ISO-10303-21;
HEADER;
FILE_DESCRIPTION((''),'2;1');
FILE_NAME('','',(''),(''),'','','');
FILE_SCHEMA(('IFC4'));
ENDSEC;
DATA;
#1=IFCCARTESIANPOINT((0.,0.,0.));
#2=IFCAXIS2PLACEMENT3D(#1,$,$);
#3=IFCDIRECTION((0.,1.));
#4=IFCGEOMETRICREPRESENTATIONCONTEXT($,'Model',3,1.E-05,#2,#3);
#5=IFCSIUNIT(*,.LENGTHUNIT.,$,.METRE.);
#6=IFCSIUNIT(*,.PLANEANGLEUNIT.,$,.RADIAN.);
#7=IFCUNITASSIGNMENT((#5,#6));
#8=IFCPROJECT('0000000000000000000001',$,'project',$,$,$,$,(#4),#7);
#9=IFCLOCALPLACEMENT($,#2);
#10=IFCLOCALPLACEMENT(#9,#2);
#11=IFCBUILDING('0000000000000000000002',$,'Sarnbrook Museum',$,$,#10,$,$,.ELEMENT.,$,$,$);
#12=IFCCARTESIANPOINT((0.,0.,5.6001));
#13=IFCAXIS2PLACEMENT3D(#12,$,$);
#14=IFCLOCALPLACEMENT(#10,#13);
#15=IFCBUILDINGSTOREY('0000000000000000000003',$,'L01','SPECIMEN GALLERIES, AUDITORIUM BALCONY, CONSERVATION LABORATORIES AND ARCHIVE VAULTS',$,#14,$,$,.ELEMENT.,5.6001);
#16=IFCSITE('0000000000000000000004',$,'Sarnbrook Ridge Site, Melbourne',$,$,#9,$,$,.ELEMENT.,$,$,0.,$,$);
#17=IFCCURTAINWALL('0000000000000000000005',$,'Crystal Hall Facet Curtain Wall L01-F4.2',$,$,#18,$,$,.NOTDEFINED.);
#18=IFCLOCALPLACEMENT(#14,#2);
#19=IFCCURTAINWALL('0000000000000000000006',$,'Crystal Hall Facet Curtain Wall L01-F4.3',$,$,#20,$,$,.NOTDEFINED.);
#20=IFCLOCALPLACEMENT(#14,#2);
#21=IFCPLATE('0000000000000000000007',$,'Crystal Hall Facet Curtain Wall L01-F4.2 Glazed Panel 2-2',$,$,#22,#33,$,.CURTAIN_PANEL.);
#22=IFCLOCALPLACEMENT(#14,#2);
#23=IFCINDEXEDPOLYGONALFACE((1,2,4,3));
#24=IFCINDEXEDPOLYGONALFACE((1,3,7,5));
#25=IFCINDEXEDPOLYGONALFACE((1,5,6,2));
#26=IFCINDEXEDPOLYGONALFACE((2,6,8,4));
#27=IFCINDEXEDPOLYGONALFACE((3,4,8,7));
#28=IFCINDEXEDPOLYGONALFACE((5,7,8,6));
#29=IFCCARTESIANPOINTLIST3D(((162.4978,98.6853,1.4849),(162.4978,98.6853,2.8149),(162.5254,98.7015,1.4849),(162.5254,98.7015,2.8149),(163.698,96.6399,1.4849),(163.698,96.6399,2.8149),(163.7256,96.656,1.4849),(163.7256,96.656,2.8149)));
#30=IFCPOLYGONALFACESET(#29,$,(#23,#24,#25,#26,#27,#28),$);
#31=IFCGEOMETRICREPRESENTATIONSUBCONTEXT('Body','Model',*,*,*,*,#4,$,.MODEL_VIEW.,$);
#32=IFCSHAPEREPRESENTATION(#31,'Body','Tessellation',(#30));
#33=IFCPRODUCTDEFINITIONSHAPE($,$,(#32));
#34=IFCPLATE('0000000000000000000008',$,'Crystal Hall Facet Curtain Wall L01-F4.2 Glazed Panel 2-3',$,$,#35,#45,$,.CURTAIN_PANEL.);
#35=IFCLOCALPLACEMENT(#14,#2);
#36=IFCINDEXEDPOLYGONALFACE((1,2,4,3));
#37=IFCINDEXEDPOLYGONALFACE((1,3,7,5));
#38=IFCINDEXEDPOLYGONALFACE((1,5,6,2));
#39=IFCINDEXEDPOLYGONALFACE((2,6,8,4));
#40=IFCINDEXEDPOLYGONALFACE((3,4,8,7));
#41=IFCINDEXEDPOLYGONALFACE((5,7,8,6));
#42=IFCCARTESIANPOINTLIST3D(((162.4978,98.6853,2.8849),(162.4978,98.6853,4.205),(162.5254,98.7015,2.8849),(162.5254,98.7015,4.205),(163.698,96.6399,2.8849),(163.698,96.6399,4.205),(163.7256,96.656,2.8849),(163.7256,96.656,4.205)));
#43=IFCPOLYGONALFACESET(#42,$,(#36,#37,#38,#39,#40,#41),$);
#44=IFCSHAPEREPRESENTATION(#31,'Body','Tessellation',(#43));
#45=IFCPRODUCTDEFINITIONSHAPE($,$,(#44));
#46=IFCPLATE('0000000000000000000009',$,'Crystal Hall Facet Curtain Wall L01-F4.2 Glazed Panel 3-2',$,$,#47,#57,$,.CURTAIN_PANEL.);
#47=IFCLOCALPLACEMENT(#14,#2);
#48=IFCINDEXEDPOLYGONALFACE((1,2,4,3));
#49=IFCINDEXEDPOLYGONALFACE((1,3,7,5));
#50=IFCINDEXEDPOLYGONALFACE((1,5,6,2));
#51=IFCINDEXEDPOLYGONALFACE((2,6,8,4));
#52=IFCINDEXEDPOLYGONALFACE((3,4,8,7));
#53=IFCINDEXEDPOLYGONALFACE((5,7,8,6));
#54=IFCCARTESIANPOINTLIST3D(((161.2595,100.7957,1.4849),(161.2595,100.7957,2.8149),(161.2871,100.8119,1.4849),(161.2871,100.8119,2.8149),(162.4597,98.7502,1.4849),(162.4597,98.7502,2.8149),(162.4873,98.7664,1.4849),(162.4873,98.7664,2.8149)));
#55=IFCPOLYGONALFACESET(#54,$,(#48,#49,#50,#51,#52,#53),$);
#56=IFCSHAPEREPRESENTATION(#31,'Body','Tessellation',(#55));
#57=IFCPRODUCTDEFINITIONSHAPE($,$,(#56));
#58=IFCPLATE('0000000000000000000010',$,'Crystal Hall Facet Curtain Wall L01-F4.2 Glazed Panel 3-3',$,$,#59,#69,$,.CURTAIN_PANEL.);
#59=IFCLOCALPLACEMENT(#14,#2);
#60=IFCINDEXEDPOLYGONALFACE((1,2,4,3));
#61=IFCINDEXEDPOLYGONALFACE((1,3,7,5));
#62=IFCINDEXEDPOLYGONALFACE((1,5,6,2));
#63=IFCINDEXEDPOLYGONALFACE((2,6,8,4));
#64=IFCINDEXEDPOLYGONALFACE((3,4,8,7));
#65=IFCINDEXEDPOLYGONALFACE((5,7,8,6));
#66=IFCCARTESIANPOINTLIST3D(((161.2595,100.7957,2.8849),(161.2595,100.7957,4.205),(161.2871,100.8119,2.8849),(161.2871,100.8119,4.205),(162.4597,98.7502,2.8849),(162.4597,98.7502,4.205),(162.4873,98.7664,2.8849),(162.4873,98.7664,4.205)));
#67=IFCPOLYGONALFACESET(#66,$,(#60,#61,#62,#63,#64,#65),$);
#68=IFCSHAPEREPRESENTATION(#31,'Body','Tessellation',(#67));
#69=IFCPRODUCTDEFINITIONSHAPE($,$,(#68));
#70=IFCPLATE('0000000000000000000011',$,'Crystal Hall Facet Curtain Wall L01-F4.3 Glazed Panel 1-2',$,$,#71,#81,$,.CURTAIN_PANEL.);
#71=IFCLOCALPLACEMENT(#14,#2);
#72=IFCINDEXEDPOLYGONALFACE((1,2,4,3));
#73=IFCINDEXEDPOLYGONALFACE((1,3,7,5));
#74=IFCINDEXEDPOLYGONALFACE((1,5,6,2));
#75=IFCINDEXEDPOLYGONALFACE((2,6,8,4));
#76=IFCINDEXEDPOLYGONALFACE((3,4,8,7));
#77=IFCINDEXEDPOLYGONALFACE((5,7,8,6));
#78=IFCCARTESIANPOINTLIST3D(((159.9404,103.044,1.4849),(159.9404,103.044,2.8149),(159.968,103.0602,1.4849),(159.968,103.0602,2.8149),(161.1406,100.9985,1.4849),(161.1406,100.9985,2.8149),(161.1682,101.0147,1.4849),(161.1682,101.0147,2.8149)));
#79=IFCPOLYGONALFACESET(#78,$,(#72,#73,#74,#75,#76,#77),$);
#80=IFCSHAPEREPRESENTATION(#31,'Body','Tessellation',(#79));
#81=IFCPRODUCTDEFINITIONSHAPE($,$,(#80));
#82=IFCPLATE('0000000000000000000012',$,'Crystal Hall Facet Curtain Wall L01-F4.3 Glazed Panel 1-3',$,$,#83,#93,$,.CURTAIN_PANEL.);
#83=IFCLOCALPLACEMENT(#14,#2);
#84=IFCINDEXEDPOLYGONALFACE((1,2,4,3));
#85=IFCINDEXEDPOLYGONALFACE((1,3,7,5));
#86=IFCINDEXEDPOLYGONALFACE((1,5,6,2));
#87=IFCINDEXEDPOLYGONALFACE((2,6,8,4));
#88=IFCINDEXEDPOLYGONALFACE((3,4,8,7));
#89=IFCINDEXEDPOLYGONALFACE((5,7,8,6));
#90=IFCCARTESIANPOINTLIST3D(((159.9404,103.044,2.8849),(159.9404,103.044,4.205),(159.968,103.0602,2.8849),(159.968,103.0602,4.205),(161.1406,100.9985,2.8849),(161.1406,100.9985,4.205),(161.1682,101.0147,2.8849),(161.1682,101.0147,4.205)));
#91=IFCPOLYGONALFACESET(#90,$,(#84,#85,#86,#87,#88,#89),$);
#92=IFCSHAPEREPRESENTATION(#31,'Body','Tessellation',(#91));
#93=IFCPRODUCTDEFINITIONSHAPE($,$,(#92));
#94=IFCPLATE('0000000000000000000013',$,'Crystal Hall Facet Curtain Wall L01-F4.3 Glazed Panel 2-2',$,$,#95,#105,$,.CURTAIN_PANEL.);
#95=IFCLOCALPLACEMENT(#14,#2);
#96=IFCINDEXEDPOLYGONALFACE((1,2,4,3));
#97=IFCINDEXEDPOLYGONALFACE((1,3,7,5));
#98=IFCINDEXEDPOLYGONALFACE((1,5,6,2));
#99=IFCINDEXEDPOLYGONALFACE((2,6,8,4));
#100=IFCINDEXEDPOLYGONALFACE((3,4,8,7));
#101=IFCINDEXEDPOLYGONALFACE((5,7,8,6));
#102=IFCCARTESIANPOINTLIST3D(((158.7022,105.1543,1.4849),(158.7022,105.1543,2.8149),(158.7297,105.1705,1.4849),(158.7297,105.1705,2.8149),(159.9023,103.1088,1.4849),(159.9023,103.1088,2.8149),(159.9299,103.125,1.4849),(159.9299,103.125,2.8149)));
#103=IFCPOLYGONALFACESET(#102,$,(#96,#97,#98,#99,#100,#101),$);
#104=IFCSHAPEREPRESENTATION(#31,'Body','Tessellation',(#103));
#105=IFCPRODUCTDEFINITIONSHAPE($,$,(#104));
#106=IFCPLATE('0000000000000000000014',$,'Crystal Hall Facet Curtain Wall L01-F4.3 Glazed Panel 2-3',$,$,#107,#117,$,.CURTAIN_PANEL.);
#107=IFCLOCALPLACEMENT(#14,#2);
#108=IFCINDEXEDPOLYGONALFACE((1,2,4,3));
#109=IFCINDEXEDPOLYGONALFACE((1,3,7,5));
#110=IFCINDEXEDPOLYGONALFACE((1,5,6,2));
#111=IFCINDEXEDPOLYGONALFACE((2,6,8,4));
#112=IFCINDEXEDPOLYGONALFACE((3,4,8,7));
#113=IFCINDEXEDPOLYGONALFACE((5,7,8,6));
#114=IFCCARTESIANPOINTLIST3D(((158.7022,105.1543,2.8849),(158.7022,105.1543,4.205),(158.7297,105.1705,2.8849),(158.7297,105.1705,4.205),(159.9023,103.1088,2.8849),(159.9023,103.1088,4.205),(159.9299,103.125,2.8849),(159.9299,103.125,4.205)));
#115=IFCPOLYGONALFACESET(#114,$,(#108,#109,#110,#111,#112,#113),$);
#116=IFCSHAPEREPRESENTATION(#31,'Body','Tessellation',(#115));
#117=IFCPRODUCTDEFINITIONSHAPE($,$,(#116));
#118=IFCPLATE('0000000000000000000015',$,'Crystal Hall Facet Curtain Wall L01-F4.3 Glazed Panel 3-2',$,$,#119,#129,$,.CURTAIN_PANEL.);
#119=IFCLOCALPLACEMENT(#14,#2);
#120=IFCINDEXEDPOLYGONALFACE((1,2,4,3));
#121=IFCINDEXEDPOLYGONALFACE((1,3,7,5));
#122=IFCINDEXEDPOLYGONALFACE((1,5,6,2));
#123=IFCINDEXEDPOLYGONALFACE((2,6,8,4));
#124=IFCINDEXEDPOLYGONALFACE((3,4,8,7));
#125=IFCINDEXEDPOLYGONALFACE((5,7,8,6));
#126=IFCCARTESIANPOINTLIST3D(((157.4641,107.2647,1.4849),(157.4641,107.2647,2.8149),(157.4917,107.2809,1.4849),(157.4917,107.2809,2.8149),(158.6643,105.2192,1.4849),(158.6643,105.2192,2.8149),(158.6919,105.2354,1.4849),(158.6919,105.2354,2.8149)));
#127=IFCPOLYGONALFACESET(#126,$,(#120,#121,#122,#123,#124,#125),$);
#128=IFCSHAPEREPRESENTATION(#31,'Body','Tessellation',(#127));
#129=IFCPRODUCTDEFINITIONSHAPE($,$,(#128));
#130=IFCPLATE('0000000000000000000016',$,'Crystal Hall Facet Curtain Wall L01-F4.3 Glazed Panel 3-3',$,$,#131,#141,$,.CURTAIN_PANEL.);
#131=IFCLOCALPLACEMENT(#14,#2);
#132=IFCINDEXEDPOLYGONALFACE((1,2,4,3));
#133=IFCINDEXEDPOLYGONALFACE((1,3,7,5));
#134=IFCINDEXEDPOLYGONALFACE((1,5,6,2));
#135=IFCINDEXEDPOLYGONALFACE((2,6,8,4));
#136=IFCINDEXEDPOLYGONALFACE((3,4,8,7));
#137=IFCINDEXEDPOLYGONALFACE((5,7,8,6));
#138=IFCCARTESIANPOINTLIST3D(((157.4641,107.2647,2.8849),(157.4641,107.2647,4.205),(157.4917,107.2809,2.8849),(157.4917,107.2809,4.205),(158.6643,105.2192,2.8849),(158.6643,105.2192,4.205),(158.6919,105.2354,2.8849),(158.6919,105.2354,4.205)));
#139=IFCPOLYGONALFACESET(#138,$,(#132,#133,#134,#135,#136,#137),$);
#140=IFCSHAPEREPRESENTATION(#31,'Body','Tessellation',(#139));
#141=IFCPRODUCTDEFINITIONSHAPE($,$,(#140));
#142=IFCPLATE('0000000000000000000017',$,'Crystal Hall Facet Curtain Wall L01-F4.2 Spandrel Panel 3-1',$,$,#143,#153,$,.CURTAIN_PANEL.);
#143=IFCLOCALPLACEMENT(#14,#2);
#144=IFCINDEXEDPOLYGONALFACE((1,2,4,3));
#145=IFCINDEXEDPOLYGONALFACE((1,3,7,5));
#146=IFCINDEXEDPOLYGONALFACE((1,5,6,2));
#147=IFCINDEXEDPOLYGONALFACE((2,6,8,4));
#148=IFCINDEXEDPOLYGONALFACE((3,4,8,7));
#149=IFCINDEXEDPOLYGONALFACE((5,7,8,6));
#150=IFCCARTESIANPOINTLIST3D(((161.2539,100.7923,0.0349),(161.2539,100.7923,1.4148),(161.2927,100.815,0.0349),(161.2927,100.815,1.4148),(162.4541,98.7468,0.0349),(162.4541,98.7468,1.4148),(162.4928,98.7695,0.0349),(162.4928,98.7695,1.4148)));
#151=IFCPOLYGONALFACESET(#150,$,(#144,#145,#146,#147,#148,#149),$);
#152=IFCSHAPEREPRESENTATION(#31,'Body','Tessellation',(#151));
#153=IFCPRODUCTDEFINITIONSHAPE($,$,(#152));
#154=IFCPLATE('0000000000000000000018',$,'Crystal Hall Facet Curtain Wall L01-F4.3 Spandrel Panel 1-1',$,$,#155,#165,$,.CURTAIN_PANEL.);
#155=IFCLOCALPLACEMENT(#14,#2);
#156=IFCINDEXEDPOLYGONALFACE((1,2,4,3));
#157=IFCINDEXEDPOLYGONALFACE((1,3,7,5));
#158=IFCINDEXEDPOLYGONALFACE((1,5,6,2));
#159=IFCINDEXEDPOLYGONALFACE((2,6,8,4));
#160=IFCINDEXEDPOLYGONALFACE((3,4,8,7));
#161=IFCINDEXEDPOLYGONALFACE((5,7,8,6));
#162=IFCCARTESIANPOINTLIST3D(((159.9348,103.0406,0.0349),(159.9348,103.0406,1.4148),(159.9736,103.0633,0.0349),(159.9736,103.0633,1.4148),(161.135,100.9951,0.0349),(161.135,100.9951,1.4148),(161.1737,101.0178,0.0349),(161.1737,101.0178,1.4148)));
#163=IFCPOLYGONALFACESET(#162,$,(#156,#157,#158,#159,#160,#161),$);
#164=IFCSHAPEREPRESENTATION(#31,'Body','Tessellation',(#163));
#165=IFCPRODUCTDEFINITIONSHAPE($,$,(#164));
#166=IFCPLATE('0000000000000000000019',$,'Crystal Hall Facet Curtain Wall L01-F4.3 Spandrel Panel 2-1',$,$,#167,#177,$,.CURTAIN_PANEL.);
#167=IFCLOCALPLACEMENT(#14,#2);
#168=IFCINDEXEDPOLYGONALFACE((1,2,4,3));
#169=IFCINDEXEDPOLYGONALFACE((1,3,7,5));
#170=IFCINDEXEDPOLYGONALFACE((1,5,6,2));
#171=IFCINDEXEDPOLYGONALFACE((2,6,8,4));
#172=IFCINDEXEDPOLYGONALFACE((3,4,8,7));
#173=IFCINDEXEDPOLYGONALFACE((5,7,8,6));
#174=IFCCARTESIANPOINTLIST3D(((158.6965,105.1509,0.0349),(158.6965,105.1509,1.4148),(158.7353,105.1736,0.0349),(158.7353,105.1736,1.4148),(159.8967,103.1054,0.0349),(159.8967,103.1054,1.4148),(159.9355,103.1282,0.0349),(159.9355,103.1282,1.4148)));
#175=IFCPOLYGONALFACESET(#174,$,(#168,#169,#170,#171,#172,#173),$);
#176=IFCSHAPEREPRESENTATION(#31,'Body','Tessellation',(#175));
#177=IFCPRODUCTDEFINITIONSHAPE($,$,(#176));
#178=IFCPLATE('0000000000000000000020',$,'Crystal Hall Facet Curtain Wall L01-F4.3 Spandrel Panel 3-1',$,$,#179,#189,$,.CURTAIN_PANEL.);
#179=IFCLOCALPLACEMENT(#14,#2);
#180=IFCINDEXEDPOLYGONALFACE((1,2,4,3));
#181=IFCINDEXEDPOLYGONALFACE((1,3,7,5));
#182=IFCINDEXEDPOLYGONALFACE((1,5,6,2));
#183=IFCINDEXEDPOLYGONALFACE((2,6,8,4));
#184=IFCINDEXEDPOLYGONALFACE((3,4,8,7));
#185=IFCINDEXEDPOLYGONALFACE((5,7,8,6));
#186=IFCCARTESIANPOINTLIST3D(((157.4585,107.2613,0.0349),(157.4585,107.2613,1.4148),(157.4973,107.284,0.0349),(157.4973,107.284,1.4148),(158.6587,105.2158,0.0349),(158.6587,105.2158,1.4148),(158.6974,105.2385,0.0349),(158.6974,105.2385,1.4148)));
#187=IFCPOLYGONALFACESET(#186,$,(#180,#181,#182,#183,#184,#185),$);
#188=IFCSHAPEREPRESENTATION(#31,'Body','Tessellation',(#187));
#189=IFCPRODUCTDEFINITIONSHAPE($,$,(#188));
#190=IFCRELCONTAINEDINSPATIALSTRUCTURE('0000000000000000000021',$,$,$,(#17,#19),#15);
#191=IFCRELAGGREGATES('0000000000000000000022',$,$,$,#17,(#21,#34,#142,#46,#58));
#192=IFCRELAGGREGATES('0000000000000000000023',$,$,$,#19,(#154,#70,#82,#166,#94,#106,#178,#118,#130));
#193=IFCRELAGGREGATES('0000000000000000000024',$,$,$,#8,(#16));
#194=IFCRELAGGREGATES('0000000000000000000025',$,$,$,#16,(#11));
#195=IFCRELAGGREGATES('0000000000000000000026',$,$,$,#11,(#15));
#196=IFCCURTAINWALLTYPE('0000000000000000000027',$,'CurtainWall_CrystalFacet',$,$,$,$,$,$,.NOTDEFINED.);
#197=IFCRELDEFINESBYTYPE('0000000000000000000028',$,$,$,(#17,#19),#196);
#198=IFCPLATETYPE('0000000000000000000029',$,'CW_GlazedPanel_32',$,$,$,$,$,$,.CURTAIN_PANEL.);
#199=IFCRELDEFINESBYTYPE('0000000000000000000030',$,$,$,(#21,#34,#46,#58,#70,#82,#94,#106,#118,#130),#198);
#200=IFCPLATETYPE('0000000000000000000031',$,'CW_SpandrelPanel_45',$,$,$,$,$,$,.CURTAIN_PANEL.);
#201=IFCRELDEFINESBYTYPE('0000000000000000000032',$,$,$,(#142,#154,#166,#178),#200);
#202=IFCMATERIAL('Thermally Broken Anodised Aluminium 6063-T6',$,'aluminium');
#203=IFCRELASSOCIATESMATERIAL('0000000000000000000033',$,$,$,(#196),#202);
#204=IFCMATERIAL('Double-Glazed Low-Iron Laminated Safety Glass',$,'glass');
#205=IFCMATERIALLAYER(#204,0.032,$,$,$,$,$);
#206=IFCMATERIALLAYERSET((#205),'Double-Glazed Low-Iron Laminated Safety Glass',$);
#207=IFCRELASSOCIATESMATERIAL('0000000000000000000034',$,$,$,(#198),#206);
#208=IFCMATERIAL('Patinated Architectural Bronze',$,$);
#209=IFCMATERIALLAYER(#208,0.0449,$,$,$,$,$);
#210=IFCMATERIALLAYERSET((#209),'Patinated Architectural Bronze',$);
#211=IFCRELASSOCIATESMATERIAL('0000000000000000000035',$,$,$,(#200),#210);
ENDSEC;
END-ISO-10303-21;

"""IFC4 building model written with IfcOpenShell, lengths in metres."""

from ifc_helpers import new_model, si_unit, direction, frame, origin, origin_2d, place, context, subcontext, project, spatial, rectangle, extrude, material, layer, layer_set, type_object, element, aggregate, save


model = new_model("IFC4")

# Units and contexts
model_context = context("Model", 3, precision=1e-05, world=origin(), true_north=direction((0.0, 1.0)))
body_context = subcontext(model_context, "Body", "Model", "MODEL_VIEW")
ifc_project = project(units=[si_unit("LENGTHUNIT", "METRE"), si_unit("PLANEANGLEUNIT", "RADIAN")], contexts=[model_context])

# Site, building, storey
site_placement = place(None, origin())
site = spatial("IfcSite", under=ifc_project, at=site_placement, Name="Sarnbrook Ridge Site, Melbourne", CompositionType="ELEMENT", RefElevation=0.0)
building_placement = place(site_placement, origin())
building = spatial("IfcBuilding", under=site, at=building_placement, Name="Sarnbrook Museum", CompositionType="ELEMENT")
storey_placement = place(building_placement, frame((0.0, 0.0, 5.6001)))
storey = spatial("IfcBuildingStorey", under=building, at=storey_placement, Name="L01", Description="SPECIMEN GALLERIES, AUDITORIUM BALCONY, CONSERVATION LABORATORIES AND ARCHIVE VAULTS", CompositionType="ELEMENT", Elevation=5.6001)

# Curtain walls
ifc_material_1 = material(Name="Thermally Broken Anodised Aluminium 6063-T6", Category="aluminium")
curtain_wall_type = type_object("IfcCurtainWallType", Name="CurtainWall_CrystalFacet", PredefinedType="NOTDEFINED", material=ifc_material_1)
curtain_wall_1_placement = place(storey_placement, origin())
curtain_wall_1 = element("IfcCurtainWall", 1, at=curtain_wall_1_placement, inside=storey, type_object=curtain_wall_type, Name="Crystal Hall Facet Curtain Wall L01-F4.2", PredefinedType="NOTDEFINED")
curtain_wall_2_placement = place(storey_placement, origin())
curtain_wall_2 = element("IfcCurtainWall", 2, at=curtain_wall_2_placement, inside=storey, type_object=curtain_wall_type, Name="Crystal Hall Facet Curtain Wall L01-F4.3", PredefinedType="NOTDEFINED")

# Plates
ifc_material_2 = material(Name="Double-Glazed Low-Iron Laminated Safety Glass", Category="glass")
ifc_layer_1 = layer(ifc_material_2, 0.032)
ifc_layer_set_1 = layer_set([ifc_layer_1], Name="Double-Glazed Low-Iron Laminated Safety Glass")
plate_type_1 = type_object("IfcPlateType", Name="CW_GlazedPanel_32", PredefinedType="CURTAIN_PANEL", material=ifc_layer_set_1)
plate_1_placement = place(storey_placement, frame((163.0979, 97.6626, 2.1499), z_axis=(0.862498, 0.50606, 0.0), x_axis=(-0.50606, 0.862498, 0.0)))
plate_1 = element("IfcPlate", 3, at=plate_1_placement, type_object=plate_type_1, Name="Crystal Hall Facet Curtain Wall L01-F4.2 Glazed Panel 2-2", PredefinedType="CURTAIN_PANEL", context=body_context, shape_type="SweptSolid", body=[
    extrude(rectangle(XDim=2.3716, YDim=1.3301, at=origin_2d()), origin(), (0.0, 0.0, 1.0), 0.032),
])
plate_2_placement = place(storey_placement, frame((163.0979, 97.6626, 3.5449), z_axis=(0.862498, 0.50606, 0.0), x_axis=(-0.50606, 0.862498, 0.0)))
plate_2 = element("IfcPlate", 4, at=plate_2_placement, type_object=plate_type_1, Name="Crystal Hall Facet Curtain Wall L01-F4.2 Glazed Panel 2-3", PredefinedType="CURTAIN_PANEL", context=body_context, shape_type="SweptSolid", body=[
    extrude(rectangle(XDim=2.3716, YDim=1.3201, at=origin_2d()), origin(), (0.0, 0.0, 1.0), 0.032),
])
plate_3_placement = place(storey_placement, frame((161.8596, 99.7729, 2.1499), z_axis=(0.862498, 0.50606, 0.0), x_axis=(-0.50606, 0.862498, 0.0)))
plate_3 = element("IfcPlate", 5, at=plate_3_placement, type_object=plate_type_1, Name="Crystal Hall Facet Curtain Wall L01-F4.2 Glazed Panel 3-2", PredefinedType="CURTAIN_PANEL", context=body_context, shape_type="SweptSolid", body=[
    extrude(rectangle(XDim=2.3716, YDim=1.3301, at=origin_2d()), origin(), (0.0, 0.0, 1.0), 0.032),
])
plate_4_placement = place(storey_placement, frame((161.8596, 99.7729, 3.5449), z_axis=(0.862498, 0.50606, 0.0), x_axis=(-0.50606, 0.862498, 0.0)))
plate_4 = element("IfcPlate", 6, at=plate_4_placement, type_object=plate_type_1, Name="Crystal Hall Facet Curtain Wall L01-F4.2 Glazed Panel 3-3", PredefinedType="CURTAIN_PANEL", context=body_context, shape_type="SweptSolid", body=[
    extrude(rectangle(XDim=2.3716, YDim=1.3201, at=origin_2d()), origin(), (0.0, 0.0, 1.0), 0.032),
])
plate_5_placement = place(storey_placement, frame((160.5405, 102.0212, 2.1499), z_axis=(0.862498, 0.50606, 0.0), x_axis=(-0.50606, 0.862498, 0.0)))
plate_5 = element("IfcPlate", 7, at=plate_5_placement, type_object=plate_type_1, Name="Crystal Hall Facet Curtain Wall L01-F4.3 Glazed Panel 1-2", PredefinedType="CURTAIN_PANEL", context=body_context, shape_type="SweptSolid", body=[
    extrude(rectangle(XDim=2.3716, YDim=1.3301, at=origin_2d()), origin(), (0.0, 0.0, 1.0), 0.032),
])
plate_6_placement = place(storey_placement, frame((160.5405, 102.0212, 3.5449), z_axis=(0.862498, 0.50606, 0.0), x_axis=(-0.50606, 0.862498, 0.0)))
plate_6 = element("IfcPlate", 8, at=plate_6_placement, type_object=plate_type_1, Name="Crystal Hall Facet Curtain Wall L01-F4.3 Glazed Panel 1-3", PredefinedType="CURTAIN_PANEL", context=body_context, shape_type="SweptSolid", body=[
    extrude(rectangle(XDim=2.3716, YDim=1.3201, at=origin_2d()), origin(), (0.0, 0.0, 1.0), 0.032),
])
plate_7_placement = place(storey_placement, frame((159.3022, 104.1316, 2.1499), z_axis=(0.862498, 0.50606, 0.0), x_axis=(-0.50606, 0.862498, 0.0)))
plate_7 = element("IfcPlate", 9, at=plate_7_placement, type_object=plate_type_1, Name="Crystal Hall Facet Curtain Wall L01-F4.3 Glazed Panel 2-2", PredefinedType="CURTAIN_PANEL", context=body_context, shape_type="SweptSolid", body=[
    extrude(rectangle(XDim=2.3716, YDim=1.3301, at=origin_2d()), origin(), (0.0, 0.0, 1.0), 0.032),
])
plate_8_placement = place(storey_placement, frame((159.3022, 104.1316, 3.5449), z_axis=(0.862498, 0.50606, 0.0), x_axis=(-0.50606, 0.862498, 0.0)))
plate_8 = element("IfcPlate", 10, at=plate_8_placement, type_object=plate_type_1, Name="Crystal Hall Facet Curtain Wall L01-F4.3 Glazed Panel 2-3", PredefinedType="CURTAIN_PANEL", context=body_context, shape_type="SweptSolid", body=[
    extrude(rectangle(XDim=2.3716, YDim=1.3201, at=origin_2d()), origin(), (0.0, 0.0, 1.0), 0.032),
])
plate_9_placement = place(storey_placement, frame((158.0642, 106.2419, 2.1499), z_axis=(0.862498, 0.50606, 0.0), x_axis=(-0.50606, 0.862498, 0.0)))
plate_9 = element("IfcPlate", 11, at=plate_9_placement, type_object=plate_type_1, Name="Crystal Hall Facet Curtain Wall L01-F4.3 Glazed Panel 3-2", PredefinedType="CURTAIN_PANEL", context=body_context, shape_type="SweptSolid", body=[
    extrude(rectangle(XDim=2.3716, YDim=1.3301, at=origin_2d()), origin(), (0.0, 0.0, 1.0), 0.032),
])
plate_10_placement = place(storey_placement, frame((158.0642, 106.2419, 3.5449), z_axis=(0.862498, 0.50606, 0.0), x_axis=(-0.50606, 0.862498, 0.0)))
plate_10 = element("IfcPlate", 12, at=plate_10_placement, type_object=plate_type_1, Name="Crystal Hall Facet Curtain Wall L01-F4.3 Glazed Panel 3-3", PredefinedType="CURTAIN_PANEL", context=body_context, shape_type="SweptSolid", body=[
    extrude(rectangle(XDim=2.3716, YDim=1.3201, at=origin_2d()), origin(), (0.0, 0.0, 1.0), 0.032),
])
ifc_material_3 = material(Name="Patinated Architectural Bronze")
ifc_layer_2 = layer(ifc_material_3, 0.0449)
ifc_layer_set_2 = layer_set([ifc_layer_2], Name="Patinated Architectural Bronze")
plate_type_2 = type_object("IfcPlateType", Name="CW_SpandrelPanel_45", PredefinedType="CURTAIN_PANEL", material=ifc_layer_set_2)
plate_11_placement = place(storey_placement, frame((161.854, 99.7695, 0.7249), z_axis=(0.862498, 0.50606, 0.0), x_axis=(-0.50606, 0.862498, 0.0)))
plate_11 = element("IfcPlate", 13, at=plate_11_placement, type_object=plate_type_2, Name="Crystal Hall Facet Curtain Wall L01-F4.2 Spandrel Panel 3-1", PredefinedType="CURTAIN_PANEL", context=body_context, shape_type="SweptSolid", body=[
    extrude(rectangle(XDim=2.3716, YDim=1.3799, at=origin_2d()), origin(), (0.0, 0.0, 1.0), 0.0449),
])
aggregate(curtain_wall_1, [plate_1, plate_2, plate_11, plate_3, plate_4])
plate_12_placement = place(storey_placement, frame((160.5349, 102.0178, 0.7249), z_axis=(0.862498, 0.50606, 0.0), x_axis=(-0.50606, 0.862498, 0.0)))
plate_12 = element("IfcPlate", 14, at=plate_12_placement, type_object=plate_type_2, Name="Crystal Hall Facet Curtain Wall L01-F4.3 Spandrel Panel 1-1", PredefinedType="CURTAIN_PANEL", context=body_context, shape_type="SweptSolid", body=[
    extrude(rectangle(XDim=2.3716, YDim=1.3799, at=origin_2d()), origin(), (0.0, 0.0, 1.0), 0.0449),
])
plate_13_placement = place(storey_placement, frame((159.2966, 104.1282, 0.7249), z_axis=(0.862498, 0.50606, 0.0), x_axis=(-0.50606, 0.862498, 0.0)))
plate_13 = element("IfcPlate", 15, at=plate_13_placement, type_object=plate_type_2, Name="Crystal Hall Facet Curtain Wall L01-F4.3 Spandrel Panel 2-1", PredefinedType="CURTAIN_PANEL", context=body_context, shape_type="SweptSolid", body=[
    extrude(rectangle(XDim=2.3716, YDim=1.3799, at=origin_2d()), origin(), (0.0, 0.0, 1.0), 0.0449),
])
plate_14_placement = place(storey_placement, frame((158.0586, 106.2385, 0.7249), z_axis=(0.862498, 0.50606, 0.0), x_axis=(-0.50606, 0.862498, 0.0)))
plate_14 = element("IfcPlate", 16, at=plate_14_placement, type_object=plate_type_2, Name="Crystal Hall Facet Curtain Wall L01-F4.3 Spandrel Panel 3-1", PredefinedType="CURTAIN_PANEL", context=body_context, shape_type="SweptSolid", body=[
    extrude(rectangle(XDim=2.3716, YDim=1.3799, at=origin_2d()), origin(), (0.0, 0.0, 1.0), 0.0449),
])
aggregate(curtain_wall_2, [plate_12, plate_5, plate_6, plate_13, plate_7, plate_8, plate_14, plate_9, plate_10])

save(model, "model.ifc")
